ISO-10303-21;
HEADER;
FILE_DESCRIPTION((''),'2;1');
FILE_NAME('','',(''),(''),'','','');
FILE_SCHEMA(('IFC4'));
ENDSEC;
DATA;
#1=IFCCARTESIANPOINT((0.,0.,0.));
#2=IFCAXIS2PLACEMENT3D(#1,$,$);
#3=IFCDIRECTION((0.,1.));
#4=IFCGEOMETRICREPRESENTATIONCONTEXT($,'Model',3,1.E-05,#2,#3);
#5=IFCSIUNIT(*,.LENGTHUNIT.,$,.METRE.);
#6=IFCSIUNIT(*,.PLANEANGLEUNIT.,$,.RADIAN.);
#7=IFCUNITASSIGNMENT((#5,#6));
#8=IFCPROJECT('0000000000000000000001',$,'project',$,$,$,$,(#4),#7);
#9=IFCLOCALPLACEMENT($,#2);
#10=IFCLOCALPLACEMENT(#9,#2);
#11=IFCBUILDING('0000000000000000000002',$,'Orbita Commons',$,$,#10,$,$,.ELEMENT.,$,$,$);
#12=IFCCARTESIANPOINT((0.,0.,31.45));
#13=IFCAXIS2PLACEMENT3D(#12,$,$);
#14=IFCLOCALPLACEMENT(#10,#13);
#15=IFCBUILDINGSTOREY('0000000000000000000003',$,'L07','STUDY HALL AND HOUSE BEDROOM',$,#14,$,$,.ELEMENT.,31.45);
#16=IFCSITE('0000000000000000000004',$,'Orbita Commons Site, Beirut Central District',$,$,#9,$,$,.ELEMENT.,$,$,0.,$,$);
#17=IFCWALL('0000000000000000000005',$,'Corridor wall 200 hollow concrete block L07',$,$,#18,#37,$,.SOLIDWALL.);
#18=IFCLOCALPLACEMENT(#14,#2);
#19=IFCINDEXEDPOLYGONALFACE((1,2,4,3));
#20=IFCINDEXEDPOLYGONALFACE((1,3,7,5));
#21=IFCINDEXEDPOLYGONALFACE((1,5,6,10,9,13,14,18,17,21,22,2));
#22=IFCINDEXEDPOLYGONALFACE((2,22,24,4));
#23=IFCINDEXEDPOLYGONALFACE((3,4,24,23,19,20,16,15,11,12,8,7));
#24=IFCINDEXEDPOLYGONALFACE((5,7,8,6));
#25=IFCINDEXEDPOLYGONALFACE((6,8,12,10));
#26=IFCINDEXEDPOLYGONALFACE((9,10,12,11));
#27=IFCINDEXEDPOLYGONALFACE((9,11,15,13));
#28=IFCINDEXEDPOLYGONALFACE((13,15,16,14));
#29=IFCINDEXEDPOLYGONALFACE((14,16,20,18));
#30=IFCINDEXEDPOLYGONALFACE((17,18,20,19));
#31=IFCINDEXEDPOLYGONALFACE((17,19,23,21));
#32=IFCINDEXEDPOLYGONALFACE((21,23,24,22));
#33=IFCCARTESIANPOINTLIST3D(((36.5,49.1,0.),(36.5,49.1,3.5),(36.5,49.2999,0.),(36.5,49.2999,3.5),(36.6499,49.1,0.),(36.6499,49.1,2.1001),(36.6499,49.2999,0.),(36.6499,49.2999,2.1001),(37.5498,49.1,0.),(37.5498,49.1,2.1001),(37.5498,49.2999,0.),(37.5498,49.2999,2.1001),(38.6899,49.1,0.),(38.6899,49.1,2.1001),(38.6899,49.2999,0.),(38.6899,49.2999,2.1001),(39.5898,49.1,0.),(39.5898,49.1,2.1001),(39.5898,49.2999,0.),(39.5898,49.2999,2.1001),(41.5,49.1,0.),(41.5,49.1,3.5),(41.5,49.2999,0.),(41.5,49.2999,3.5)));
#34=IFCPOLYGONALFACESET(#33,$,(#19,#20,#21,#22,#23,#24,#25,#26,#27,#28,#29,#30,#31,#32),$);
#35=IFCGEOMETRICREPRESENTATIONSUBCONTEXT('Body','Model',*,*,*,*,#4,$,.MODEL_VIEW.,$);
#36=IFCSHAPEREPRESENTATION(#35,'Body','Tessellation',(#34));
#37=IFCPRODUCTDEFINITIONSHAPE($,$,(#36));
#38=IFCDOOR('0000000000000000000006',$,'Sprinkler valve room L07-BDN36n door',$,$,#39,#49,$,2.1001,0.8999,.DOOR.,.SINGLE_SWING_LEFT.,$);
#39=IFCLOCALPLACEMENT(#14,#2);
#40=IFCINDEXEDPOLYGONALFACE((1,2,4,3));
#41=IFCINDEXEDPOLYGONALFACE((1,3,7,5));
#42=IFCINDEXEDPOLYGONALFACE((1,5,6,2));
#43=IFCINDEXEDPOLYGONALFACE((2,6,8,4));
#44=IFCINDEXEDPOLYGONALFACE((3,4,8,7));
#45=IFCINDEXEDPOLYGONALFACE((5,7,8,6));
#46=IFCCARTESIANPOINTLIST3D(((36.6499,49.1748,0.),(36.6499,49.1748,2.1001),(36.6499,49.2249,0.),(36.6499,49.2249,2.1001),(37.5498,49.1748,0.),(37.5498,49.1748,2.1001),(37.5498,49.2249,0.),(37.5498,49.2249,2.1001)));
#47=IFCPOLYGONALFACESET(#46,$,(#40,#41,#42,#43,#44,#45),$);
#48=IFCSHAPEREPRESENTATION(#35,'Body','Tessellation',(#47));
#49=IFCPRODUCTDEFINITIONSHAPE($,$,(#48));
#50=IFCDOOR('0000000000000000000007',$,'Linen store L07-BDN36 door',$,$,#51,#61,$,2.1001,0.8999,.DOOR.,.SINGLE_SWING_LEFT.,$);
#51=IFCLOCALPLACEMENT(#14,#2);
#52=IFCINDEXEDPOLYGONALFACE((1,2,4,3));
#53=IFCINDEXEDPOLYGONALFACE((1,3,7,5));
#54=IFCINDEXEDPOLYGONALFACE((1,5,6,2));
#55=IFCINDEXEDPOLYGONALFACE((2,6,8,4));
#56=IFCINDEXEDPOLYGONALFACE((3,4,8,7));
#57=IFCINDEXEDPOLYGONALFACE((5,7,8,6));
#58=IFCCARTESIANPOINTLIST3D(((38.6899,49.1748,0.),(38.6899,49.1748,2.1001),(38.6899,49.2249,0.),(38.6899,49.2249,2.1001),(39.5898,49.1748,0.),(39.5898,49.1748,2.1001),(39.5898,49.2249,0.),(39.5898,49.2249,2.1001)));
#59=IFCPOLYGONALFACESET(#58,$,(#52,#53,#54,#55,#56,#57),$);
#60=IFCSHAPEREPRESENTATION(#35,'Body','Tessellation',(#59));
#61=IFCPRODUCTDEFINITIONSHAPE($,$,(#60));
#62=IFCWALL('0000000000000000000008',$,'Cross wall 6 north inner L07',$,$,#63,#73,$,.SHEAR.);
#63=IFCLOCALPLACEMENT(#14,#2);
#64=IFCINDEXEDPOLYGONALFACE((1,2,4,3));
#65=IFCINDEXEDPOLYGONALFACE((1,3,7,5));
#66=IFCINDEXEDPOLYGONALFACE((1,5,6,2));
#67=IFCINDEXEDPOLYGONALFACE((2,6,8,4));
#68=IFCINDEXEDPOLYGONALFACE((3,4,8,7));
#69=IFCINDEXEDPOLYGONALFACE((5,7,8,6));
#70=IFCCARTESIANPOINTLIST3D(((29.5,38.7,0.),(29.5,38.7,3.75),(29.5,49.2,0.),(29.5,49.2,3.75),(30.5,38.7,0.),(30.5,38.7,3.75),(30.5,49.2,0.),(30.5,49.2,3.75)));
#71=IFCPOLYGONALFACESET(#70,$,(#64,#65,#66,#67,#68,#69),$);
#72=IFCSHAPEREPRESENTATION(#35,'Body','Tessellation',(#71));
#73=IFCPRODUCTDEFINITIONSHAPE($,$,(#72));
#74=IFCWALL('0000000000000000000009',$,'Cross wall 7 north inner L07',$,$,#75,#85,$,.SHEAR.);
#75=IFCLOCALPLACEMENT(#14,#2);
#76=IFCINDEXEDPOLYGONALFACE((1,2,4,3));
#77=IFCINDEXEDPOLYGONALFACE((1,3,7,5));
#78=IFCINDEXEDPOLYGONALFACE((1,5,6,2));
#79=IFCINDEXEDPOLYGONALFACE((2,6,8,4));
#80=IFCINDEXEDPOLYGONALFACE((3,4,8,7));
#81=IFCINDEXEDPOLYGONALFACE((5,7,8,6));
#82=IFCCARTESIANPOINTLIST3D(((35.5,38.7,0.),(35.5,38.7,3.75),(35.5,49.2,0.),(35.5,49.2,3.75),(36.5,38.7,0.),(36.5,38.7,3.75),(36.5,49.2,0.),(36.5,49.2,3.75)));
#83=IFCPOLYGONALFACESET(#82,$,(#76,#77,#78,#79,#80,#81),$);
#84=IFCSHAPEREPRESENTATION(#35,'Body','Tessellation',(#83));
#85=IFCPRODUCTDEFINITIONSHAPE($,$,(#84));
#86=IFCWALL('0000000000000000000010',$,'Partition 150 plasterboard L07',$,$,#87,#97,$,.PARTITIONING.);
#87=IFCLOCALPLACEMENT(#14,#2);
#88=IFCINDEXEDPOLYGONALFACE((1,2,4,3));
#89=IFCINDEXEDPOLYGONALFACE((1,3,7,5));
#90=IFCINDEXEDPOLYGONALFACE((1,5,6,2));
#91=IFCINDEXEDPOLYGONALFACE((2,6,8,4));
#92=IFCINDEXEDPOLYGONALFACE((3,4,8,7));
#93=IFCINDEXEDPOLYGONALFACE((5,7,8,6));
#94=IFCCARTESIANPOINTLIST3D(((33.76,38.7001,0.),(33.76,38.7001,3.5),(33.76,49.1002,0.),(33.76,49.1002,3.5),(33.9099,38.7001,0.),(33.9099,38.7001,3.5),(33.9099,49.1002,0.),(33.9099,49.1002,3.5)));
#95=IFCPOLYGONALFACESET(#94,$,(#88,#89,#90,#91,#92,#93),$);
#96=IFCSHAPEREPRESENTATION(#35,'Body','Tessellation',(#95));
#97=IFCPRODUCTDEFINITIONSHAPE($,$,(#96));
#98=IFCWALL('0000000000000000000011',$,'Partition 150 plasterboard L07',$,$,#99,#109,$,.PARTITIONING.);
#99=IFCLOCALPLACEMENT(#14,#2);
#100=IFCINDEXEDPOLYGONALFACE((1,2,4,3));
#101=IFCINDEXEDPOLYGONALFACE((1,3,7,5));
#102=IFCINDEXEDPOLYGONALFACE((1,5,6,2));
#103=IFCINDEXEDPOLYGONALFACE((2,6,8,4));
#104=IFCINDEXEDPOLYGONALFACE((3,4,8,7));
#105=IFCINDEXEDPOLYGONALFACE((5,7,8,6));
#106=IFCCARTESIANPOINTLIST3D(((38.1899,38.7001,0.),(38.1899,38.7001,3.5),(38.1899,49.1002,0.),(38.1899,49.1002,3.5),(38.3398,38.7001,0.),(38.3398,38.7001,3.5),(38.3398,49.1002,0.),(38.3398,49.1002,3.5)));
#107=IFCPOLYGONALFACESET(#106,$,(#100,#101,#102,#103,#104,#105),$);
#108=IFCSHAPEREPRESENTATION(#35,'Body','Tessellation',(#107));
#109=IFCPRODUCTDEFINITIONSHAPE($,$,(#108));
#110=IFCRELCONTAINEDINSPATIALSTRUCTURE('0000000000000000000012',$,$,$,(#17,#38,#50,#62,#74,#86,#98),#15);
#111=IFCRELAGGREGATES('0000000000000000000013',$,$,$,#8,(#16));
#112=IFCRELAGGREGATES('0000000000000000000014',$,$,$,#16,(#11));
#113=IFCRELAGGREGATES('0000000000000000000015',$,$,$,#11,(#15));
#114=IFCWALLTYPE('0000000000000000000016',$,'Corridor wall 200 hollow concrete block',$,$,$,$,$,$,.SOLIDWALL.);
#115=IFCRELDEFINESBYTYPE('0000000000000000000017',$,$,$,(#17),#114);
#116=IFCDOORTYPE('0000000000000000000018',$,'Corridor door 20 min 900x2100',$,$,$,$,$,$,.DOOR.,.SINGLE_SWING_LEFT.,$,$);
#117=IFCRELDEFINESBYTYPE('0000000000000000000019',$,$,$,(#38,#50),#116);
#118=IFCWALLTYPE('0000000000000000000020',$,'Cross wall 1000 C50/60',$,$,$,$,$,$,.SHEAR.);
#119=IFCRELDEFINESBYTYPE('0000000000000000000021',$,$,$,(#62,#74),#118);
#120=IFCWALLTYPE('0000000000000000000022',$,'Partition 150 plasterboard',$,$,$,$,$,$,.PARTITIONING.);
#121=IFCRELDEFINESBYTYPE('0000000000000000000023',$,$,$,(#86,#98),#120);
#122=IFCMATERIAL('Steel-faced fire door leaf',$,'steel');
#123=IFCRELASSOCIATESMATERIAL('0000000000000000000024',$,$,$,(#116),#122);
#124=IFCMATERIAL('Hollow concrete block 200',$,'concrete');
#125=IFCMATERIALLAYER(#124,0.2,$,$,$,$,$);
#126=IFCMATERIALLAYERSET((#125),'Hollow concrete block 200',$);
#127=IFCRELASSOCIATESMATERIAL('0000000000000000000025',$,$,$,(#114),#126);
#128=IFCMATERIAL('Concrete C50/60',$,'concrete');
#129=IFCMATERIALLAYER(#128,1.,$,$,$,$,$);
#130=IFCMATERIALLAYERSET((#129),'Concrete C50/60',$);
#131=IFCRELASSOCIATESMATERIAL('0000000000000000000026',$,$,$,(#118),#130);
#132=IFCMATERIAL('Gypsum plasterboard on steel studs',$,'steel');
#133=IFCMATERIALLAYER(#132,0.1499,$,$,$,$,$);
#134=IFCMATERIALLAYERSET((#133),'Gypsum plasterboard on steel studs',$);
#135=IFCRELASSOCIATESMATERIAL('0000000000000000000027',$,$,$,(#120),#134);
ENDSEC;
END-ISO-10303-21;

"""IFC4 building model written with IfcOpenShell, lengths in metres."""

from ifc_helpers import new_model, si_unit, direction, frame, frame_2d, origin, place, context, subcontext, project, spatial, rectangle, extrude, material, layer, layer_set, type_object, element, fill, save


model = new_model("IFC4")

# Units and contexts
model_context = context("Model", 3, precision=1e-05, world=origin(), true_north=direction((0.0, 1.0)))
body_context = subcontext(model_context, "Body", "Model", "MODEL_VIEW")
ifc_project = project(units=[si_unit("LENGTHUNIT", "METRE"), si_unit("PLANEANGLEUNIT", "RADIAN")], contexts=[model_context])

# Site, building, storey
site_placement = place(None, origin())
site = spatial("IfcSite", under=ifc_project, at=site_placement, Name="Orbita Commons Site, Beirut Central District", CompositionType="ELEMENT", RefElevation=0.0)
building_placement = place(site_placement, origin())
building = spatial("IfcBuilding", under=site, at=building_placement, Name="Orbita Commons", CompositionType="ELEMENT")
storey_placement = place(building_placement, frame((0.0, 0.0, 31.45)))
storey = spatial("IfcBuildingStorey", under=building, at=storey_placement, Name="L07", Description="STUDY HALL AND HOUSE BEDROOM", CompositionType="ELEMENT", Elevation=31.45)

# Shared definitions
ifc_material_1 = material(Name="Steel-faced fire door leaf", Category="steel")
door_type_1 = type_object("IfcDoorType", Name="Corridor door 20 min 900x2100", OperationType="SINGLE_SWING_LEFT", PredefinedType="DOOR", material=ifc_material_1)

# Shared definitions
ifc_material_2 = material(Name="Hollow concrete block 200", Category="concrete")
ifc_layer_1 = layer(ifc_material_2, 0.2)
ifc_layer_set_1 = layer_set([ifc_layer_1], Name="Hollow concrete block 200")
wall_type_1 = type_object("IfcWallType", Name="Corridor wall 200 hollow concrete block", PredefinedType="SOLIDWALL", material=ifc_layer_set_1)

# Wall, openings, doors
wall_1_placement = place(storey_placement, frame((36.5, 49.2, 0.0), z_axis=(0.0, 0.0, 1.0), x_axis=(1.0, 0.0, 0.0)))
wall_1 = element("IfcWall", 1, at=wall_1_placement, inside=storey, type_object=wall_type_1, Name="Corridor wall 200 hollow concrete block L07", PredefinedType="SOLIDWALL", context=body_context, shape_type="SweptSolid", body=[
    extrude(rectangle(XDim=5.0, YDim=0.2, at=frame_2d((2.5, 0.0))), origin(), (0.0, 0.0, 1.0), 3.5),
])
opening_1_placement = place(wall_1_placement, frame((0.1499, 0.0, 0.0)))
opening_1 = element("IfcOpeningElement", 2, at=opening_1_placement, cuts=wall_1, PredefinedType="OPENING", context=body_context, shape_type="SweptSolid", body=[
    extrude(rectangle(XDim=0.8999, YDim=2.1001, at=frame_2d((0.45, 1.05))), frame((0.0, 0.1099, 0.0), z_axis=(0.0, -1.0, 0.0), x_axis=(1.0, 0.0, 0.0)), (0.0, 0.0, 1.0), 0.22),
])
opening_2_placement = place(wall_1_placement, frame((2.1899, 0.0, 0.0)))
opening_2 = element("IfcOpeningElement", 3, at=opening_2_placement, cuts=wall_1, PredefinedType="OPENING", context=body_context, shape_type="SweptSolid", body=[
    extrude(rectangle(XDim=0.8999, YDim=2.1001, at=frame_2d((0.45, 1.05))), frame((0.0, 0.1099, 0.0), z_axis=(0.0, -1.0, 0.0), x_axis=(1.0, 0.0, 0.0)), (0.0, 0.0, 1.0), 0.22),
])
door_1_placement = place(opening_1_placement, origin())
door_1 = element("IfcDoor", 4, at=door_1_placement, inside=storey, type_object=door_type_1, Name="Sprinkler valve room L07-BDN36n door", OperationType="SINGLE_SWING_LEFT", OverallHeight=2.1001, OverallWidth=0.8999, PredefinedType="DOOR", context=body_context, shape_type="SweptSolid", body=[
    extrude(rectangle(XDim=0.8999, YDim=2.1001, at=frame_2d((0.45, 1.05))), frame((0.0, 0.0249, 0.0), z_axis=(0.0, -1.0, 0.0), x_axis=(1.0, 0.0, 0.0)), (0.0, 0.0, 1.0), 0.05),
])
fill(opening_1, door_1)
door_2_placement = place(opening_2_placement, origin())
door_2 = element("IfcDoor", 5, at=door_2_placement, inside=storey, type_object=door_type_1, Name="Linen store L07-BDN36 door", OperationType="SINGLE_SWING_LEFT", OverallHeight=2.1001, OverallWidth=0.8999, PredefinedType="DOOR", context=body_context, shape_type="SweptSolid", body=[
    extrude(rectangle(XDim=0.8999, YDim=2.1001, at=frame_2d((0.45, 1.05))), frame((0.0, 0.0249, 0.0), z_axis=(0.0, -1.0, 0.0), x_axis=(1.0, 0.0, 0.0)), (0.0, 0.0, 1.0), 0.05),
])
fill(opening_2, door_2)

# Walls
ifc_material_3 = material(Name="Concrete C50/60", Category="concrete")
ifc_layer_2 = layer(ifc_material_3, 1.0)
ifc_layer_set_2 = layer_set([ifc_layer_2], Name="Concrete C50/60")
wall_type_2 = type_object("IfcWallType", Name="Cross wall 1000 C50/60", PredefinedType="SHEAR", material=ifc_layer_set_2)
for number, where, z_axis, x_axis, name in (
    (6, (30.0, 38.7, 0.0), (0.0, 0.0, 1.0), (0.0, 1.0, 0.0), "Cross wall 6 north inner L07"),
    (7, (36.0, 38.7, 0.0), (0.0, 0.0, 1.0), (0.0, 1.0, 0.0), "Cross wall 7 north inner L07"),
):
    element("IfcWall", number, at=place(storey_placement, frame(where, z_axis=z_axis, x_axis=x_axis)), inside=storey, type_object=wall_type_2, Name=name, PredefinedType="SHEAR", context=body_context, shape_type="SweptSolid", body=[
        extrude(rectangle(XDim=10.5, YDim=1.0, at=frame_2d((5.25, 0.0))), origin(), (0.0, 0.0, 1.0), 3.75),
    ])
ifc_material_4 = material(Name="Gypsum plasterboard on steel studs", Category="steel")
ifc_layer_3 = layer(ifc_material_4, 0.1499)
ifc_layer_set_3 = layer_set([ifc_layer_3], Name="Gypsum plasterboard on steel studs")
wall_type_3 = type_object("IfcWallType", Name="Partition 150 plasterboard", PredefinedType="PARTITIONING", material=ifc_layer_set_3)
for number, where, z_axis, x_axis, name in (
    (8, (33.835, 38.7, 0.0), (0.0, 0.0, 1.0), (0.0, 1.0, 0.0), "Partition 150 plasterboard L07"),
    (9, (38.2649, 38.7, 0.0), (0.0, 0.0, 1.0), (0.0, 1.0, 0.0), "Partition 150 plasterboard L07"),
):
    element("IfcWall", number, at=place(storey_placement, frame(where, z_axis=z_axis, x_axis=x_axis)), inside=storey, type_object=wall_type_3, Name=name, PredefinedType="PARTITIONING", context=body_context, shape_type="SweptSolid", body=[
        extrude(rectangle(XDim=10.4001, YDim=0.1499, at=frame_2d((5.2002, 0.0))), origin(), (0.0, 0.0, 1.0), 3.5),
    ])

save(model, "model.ifc")
